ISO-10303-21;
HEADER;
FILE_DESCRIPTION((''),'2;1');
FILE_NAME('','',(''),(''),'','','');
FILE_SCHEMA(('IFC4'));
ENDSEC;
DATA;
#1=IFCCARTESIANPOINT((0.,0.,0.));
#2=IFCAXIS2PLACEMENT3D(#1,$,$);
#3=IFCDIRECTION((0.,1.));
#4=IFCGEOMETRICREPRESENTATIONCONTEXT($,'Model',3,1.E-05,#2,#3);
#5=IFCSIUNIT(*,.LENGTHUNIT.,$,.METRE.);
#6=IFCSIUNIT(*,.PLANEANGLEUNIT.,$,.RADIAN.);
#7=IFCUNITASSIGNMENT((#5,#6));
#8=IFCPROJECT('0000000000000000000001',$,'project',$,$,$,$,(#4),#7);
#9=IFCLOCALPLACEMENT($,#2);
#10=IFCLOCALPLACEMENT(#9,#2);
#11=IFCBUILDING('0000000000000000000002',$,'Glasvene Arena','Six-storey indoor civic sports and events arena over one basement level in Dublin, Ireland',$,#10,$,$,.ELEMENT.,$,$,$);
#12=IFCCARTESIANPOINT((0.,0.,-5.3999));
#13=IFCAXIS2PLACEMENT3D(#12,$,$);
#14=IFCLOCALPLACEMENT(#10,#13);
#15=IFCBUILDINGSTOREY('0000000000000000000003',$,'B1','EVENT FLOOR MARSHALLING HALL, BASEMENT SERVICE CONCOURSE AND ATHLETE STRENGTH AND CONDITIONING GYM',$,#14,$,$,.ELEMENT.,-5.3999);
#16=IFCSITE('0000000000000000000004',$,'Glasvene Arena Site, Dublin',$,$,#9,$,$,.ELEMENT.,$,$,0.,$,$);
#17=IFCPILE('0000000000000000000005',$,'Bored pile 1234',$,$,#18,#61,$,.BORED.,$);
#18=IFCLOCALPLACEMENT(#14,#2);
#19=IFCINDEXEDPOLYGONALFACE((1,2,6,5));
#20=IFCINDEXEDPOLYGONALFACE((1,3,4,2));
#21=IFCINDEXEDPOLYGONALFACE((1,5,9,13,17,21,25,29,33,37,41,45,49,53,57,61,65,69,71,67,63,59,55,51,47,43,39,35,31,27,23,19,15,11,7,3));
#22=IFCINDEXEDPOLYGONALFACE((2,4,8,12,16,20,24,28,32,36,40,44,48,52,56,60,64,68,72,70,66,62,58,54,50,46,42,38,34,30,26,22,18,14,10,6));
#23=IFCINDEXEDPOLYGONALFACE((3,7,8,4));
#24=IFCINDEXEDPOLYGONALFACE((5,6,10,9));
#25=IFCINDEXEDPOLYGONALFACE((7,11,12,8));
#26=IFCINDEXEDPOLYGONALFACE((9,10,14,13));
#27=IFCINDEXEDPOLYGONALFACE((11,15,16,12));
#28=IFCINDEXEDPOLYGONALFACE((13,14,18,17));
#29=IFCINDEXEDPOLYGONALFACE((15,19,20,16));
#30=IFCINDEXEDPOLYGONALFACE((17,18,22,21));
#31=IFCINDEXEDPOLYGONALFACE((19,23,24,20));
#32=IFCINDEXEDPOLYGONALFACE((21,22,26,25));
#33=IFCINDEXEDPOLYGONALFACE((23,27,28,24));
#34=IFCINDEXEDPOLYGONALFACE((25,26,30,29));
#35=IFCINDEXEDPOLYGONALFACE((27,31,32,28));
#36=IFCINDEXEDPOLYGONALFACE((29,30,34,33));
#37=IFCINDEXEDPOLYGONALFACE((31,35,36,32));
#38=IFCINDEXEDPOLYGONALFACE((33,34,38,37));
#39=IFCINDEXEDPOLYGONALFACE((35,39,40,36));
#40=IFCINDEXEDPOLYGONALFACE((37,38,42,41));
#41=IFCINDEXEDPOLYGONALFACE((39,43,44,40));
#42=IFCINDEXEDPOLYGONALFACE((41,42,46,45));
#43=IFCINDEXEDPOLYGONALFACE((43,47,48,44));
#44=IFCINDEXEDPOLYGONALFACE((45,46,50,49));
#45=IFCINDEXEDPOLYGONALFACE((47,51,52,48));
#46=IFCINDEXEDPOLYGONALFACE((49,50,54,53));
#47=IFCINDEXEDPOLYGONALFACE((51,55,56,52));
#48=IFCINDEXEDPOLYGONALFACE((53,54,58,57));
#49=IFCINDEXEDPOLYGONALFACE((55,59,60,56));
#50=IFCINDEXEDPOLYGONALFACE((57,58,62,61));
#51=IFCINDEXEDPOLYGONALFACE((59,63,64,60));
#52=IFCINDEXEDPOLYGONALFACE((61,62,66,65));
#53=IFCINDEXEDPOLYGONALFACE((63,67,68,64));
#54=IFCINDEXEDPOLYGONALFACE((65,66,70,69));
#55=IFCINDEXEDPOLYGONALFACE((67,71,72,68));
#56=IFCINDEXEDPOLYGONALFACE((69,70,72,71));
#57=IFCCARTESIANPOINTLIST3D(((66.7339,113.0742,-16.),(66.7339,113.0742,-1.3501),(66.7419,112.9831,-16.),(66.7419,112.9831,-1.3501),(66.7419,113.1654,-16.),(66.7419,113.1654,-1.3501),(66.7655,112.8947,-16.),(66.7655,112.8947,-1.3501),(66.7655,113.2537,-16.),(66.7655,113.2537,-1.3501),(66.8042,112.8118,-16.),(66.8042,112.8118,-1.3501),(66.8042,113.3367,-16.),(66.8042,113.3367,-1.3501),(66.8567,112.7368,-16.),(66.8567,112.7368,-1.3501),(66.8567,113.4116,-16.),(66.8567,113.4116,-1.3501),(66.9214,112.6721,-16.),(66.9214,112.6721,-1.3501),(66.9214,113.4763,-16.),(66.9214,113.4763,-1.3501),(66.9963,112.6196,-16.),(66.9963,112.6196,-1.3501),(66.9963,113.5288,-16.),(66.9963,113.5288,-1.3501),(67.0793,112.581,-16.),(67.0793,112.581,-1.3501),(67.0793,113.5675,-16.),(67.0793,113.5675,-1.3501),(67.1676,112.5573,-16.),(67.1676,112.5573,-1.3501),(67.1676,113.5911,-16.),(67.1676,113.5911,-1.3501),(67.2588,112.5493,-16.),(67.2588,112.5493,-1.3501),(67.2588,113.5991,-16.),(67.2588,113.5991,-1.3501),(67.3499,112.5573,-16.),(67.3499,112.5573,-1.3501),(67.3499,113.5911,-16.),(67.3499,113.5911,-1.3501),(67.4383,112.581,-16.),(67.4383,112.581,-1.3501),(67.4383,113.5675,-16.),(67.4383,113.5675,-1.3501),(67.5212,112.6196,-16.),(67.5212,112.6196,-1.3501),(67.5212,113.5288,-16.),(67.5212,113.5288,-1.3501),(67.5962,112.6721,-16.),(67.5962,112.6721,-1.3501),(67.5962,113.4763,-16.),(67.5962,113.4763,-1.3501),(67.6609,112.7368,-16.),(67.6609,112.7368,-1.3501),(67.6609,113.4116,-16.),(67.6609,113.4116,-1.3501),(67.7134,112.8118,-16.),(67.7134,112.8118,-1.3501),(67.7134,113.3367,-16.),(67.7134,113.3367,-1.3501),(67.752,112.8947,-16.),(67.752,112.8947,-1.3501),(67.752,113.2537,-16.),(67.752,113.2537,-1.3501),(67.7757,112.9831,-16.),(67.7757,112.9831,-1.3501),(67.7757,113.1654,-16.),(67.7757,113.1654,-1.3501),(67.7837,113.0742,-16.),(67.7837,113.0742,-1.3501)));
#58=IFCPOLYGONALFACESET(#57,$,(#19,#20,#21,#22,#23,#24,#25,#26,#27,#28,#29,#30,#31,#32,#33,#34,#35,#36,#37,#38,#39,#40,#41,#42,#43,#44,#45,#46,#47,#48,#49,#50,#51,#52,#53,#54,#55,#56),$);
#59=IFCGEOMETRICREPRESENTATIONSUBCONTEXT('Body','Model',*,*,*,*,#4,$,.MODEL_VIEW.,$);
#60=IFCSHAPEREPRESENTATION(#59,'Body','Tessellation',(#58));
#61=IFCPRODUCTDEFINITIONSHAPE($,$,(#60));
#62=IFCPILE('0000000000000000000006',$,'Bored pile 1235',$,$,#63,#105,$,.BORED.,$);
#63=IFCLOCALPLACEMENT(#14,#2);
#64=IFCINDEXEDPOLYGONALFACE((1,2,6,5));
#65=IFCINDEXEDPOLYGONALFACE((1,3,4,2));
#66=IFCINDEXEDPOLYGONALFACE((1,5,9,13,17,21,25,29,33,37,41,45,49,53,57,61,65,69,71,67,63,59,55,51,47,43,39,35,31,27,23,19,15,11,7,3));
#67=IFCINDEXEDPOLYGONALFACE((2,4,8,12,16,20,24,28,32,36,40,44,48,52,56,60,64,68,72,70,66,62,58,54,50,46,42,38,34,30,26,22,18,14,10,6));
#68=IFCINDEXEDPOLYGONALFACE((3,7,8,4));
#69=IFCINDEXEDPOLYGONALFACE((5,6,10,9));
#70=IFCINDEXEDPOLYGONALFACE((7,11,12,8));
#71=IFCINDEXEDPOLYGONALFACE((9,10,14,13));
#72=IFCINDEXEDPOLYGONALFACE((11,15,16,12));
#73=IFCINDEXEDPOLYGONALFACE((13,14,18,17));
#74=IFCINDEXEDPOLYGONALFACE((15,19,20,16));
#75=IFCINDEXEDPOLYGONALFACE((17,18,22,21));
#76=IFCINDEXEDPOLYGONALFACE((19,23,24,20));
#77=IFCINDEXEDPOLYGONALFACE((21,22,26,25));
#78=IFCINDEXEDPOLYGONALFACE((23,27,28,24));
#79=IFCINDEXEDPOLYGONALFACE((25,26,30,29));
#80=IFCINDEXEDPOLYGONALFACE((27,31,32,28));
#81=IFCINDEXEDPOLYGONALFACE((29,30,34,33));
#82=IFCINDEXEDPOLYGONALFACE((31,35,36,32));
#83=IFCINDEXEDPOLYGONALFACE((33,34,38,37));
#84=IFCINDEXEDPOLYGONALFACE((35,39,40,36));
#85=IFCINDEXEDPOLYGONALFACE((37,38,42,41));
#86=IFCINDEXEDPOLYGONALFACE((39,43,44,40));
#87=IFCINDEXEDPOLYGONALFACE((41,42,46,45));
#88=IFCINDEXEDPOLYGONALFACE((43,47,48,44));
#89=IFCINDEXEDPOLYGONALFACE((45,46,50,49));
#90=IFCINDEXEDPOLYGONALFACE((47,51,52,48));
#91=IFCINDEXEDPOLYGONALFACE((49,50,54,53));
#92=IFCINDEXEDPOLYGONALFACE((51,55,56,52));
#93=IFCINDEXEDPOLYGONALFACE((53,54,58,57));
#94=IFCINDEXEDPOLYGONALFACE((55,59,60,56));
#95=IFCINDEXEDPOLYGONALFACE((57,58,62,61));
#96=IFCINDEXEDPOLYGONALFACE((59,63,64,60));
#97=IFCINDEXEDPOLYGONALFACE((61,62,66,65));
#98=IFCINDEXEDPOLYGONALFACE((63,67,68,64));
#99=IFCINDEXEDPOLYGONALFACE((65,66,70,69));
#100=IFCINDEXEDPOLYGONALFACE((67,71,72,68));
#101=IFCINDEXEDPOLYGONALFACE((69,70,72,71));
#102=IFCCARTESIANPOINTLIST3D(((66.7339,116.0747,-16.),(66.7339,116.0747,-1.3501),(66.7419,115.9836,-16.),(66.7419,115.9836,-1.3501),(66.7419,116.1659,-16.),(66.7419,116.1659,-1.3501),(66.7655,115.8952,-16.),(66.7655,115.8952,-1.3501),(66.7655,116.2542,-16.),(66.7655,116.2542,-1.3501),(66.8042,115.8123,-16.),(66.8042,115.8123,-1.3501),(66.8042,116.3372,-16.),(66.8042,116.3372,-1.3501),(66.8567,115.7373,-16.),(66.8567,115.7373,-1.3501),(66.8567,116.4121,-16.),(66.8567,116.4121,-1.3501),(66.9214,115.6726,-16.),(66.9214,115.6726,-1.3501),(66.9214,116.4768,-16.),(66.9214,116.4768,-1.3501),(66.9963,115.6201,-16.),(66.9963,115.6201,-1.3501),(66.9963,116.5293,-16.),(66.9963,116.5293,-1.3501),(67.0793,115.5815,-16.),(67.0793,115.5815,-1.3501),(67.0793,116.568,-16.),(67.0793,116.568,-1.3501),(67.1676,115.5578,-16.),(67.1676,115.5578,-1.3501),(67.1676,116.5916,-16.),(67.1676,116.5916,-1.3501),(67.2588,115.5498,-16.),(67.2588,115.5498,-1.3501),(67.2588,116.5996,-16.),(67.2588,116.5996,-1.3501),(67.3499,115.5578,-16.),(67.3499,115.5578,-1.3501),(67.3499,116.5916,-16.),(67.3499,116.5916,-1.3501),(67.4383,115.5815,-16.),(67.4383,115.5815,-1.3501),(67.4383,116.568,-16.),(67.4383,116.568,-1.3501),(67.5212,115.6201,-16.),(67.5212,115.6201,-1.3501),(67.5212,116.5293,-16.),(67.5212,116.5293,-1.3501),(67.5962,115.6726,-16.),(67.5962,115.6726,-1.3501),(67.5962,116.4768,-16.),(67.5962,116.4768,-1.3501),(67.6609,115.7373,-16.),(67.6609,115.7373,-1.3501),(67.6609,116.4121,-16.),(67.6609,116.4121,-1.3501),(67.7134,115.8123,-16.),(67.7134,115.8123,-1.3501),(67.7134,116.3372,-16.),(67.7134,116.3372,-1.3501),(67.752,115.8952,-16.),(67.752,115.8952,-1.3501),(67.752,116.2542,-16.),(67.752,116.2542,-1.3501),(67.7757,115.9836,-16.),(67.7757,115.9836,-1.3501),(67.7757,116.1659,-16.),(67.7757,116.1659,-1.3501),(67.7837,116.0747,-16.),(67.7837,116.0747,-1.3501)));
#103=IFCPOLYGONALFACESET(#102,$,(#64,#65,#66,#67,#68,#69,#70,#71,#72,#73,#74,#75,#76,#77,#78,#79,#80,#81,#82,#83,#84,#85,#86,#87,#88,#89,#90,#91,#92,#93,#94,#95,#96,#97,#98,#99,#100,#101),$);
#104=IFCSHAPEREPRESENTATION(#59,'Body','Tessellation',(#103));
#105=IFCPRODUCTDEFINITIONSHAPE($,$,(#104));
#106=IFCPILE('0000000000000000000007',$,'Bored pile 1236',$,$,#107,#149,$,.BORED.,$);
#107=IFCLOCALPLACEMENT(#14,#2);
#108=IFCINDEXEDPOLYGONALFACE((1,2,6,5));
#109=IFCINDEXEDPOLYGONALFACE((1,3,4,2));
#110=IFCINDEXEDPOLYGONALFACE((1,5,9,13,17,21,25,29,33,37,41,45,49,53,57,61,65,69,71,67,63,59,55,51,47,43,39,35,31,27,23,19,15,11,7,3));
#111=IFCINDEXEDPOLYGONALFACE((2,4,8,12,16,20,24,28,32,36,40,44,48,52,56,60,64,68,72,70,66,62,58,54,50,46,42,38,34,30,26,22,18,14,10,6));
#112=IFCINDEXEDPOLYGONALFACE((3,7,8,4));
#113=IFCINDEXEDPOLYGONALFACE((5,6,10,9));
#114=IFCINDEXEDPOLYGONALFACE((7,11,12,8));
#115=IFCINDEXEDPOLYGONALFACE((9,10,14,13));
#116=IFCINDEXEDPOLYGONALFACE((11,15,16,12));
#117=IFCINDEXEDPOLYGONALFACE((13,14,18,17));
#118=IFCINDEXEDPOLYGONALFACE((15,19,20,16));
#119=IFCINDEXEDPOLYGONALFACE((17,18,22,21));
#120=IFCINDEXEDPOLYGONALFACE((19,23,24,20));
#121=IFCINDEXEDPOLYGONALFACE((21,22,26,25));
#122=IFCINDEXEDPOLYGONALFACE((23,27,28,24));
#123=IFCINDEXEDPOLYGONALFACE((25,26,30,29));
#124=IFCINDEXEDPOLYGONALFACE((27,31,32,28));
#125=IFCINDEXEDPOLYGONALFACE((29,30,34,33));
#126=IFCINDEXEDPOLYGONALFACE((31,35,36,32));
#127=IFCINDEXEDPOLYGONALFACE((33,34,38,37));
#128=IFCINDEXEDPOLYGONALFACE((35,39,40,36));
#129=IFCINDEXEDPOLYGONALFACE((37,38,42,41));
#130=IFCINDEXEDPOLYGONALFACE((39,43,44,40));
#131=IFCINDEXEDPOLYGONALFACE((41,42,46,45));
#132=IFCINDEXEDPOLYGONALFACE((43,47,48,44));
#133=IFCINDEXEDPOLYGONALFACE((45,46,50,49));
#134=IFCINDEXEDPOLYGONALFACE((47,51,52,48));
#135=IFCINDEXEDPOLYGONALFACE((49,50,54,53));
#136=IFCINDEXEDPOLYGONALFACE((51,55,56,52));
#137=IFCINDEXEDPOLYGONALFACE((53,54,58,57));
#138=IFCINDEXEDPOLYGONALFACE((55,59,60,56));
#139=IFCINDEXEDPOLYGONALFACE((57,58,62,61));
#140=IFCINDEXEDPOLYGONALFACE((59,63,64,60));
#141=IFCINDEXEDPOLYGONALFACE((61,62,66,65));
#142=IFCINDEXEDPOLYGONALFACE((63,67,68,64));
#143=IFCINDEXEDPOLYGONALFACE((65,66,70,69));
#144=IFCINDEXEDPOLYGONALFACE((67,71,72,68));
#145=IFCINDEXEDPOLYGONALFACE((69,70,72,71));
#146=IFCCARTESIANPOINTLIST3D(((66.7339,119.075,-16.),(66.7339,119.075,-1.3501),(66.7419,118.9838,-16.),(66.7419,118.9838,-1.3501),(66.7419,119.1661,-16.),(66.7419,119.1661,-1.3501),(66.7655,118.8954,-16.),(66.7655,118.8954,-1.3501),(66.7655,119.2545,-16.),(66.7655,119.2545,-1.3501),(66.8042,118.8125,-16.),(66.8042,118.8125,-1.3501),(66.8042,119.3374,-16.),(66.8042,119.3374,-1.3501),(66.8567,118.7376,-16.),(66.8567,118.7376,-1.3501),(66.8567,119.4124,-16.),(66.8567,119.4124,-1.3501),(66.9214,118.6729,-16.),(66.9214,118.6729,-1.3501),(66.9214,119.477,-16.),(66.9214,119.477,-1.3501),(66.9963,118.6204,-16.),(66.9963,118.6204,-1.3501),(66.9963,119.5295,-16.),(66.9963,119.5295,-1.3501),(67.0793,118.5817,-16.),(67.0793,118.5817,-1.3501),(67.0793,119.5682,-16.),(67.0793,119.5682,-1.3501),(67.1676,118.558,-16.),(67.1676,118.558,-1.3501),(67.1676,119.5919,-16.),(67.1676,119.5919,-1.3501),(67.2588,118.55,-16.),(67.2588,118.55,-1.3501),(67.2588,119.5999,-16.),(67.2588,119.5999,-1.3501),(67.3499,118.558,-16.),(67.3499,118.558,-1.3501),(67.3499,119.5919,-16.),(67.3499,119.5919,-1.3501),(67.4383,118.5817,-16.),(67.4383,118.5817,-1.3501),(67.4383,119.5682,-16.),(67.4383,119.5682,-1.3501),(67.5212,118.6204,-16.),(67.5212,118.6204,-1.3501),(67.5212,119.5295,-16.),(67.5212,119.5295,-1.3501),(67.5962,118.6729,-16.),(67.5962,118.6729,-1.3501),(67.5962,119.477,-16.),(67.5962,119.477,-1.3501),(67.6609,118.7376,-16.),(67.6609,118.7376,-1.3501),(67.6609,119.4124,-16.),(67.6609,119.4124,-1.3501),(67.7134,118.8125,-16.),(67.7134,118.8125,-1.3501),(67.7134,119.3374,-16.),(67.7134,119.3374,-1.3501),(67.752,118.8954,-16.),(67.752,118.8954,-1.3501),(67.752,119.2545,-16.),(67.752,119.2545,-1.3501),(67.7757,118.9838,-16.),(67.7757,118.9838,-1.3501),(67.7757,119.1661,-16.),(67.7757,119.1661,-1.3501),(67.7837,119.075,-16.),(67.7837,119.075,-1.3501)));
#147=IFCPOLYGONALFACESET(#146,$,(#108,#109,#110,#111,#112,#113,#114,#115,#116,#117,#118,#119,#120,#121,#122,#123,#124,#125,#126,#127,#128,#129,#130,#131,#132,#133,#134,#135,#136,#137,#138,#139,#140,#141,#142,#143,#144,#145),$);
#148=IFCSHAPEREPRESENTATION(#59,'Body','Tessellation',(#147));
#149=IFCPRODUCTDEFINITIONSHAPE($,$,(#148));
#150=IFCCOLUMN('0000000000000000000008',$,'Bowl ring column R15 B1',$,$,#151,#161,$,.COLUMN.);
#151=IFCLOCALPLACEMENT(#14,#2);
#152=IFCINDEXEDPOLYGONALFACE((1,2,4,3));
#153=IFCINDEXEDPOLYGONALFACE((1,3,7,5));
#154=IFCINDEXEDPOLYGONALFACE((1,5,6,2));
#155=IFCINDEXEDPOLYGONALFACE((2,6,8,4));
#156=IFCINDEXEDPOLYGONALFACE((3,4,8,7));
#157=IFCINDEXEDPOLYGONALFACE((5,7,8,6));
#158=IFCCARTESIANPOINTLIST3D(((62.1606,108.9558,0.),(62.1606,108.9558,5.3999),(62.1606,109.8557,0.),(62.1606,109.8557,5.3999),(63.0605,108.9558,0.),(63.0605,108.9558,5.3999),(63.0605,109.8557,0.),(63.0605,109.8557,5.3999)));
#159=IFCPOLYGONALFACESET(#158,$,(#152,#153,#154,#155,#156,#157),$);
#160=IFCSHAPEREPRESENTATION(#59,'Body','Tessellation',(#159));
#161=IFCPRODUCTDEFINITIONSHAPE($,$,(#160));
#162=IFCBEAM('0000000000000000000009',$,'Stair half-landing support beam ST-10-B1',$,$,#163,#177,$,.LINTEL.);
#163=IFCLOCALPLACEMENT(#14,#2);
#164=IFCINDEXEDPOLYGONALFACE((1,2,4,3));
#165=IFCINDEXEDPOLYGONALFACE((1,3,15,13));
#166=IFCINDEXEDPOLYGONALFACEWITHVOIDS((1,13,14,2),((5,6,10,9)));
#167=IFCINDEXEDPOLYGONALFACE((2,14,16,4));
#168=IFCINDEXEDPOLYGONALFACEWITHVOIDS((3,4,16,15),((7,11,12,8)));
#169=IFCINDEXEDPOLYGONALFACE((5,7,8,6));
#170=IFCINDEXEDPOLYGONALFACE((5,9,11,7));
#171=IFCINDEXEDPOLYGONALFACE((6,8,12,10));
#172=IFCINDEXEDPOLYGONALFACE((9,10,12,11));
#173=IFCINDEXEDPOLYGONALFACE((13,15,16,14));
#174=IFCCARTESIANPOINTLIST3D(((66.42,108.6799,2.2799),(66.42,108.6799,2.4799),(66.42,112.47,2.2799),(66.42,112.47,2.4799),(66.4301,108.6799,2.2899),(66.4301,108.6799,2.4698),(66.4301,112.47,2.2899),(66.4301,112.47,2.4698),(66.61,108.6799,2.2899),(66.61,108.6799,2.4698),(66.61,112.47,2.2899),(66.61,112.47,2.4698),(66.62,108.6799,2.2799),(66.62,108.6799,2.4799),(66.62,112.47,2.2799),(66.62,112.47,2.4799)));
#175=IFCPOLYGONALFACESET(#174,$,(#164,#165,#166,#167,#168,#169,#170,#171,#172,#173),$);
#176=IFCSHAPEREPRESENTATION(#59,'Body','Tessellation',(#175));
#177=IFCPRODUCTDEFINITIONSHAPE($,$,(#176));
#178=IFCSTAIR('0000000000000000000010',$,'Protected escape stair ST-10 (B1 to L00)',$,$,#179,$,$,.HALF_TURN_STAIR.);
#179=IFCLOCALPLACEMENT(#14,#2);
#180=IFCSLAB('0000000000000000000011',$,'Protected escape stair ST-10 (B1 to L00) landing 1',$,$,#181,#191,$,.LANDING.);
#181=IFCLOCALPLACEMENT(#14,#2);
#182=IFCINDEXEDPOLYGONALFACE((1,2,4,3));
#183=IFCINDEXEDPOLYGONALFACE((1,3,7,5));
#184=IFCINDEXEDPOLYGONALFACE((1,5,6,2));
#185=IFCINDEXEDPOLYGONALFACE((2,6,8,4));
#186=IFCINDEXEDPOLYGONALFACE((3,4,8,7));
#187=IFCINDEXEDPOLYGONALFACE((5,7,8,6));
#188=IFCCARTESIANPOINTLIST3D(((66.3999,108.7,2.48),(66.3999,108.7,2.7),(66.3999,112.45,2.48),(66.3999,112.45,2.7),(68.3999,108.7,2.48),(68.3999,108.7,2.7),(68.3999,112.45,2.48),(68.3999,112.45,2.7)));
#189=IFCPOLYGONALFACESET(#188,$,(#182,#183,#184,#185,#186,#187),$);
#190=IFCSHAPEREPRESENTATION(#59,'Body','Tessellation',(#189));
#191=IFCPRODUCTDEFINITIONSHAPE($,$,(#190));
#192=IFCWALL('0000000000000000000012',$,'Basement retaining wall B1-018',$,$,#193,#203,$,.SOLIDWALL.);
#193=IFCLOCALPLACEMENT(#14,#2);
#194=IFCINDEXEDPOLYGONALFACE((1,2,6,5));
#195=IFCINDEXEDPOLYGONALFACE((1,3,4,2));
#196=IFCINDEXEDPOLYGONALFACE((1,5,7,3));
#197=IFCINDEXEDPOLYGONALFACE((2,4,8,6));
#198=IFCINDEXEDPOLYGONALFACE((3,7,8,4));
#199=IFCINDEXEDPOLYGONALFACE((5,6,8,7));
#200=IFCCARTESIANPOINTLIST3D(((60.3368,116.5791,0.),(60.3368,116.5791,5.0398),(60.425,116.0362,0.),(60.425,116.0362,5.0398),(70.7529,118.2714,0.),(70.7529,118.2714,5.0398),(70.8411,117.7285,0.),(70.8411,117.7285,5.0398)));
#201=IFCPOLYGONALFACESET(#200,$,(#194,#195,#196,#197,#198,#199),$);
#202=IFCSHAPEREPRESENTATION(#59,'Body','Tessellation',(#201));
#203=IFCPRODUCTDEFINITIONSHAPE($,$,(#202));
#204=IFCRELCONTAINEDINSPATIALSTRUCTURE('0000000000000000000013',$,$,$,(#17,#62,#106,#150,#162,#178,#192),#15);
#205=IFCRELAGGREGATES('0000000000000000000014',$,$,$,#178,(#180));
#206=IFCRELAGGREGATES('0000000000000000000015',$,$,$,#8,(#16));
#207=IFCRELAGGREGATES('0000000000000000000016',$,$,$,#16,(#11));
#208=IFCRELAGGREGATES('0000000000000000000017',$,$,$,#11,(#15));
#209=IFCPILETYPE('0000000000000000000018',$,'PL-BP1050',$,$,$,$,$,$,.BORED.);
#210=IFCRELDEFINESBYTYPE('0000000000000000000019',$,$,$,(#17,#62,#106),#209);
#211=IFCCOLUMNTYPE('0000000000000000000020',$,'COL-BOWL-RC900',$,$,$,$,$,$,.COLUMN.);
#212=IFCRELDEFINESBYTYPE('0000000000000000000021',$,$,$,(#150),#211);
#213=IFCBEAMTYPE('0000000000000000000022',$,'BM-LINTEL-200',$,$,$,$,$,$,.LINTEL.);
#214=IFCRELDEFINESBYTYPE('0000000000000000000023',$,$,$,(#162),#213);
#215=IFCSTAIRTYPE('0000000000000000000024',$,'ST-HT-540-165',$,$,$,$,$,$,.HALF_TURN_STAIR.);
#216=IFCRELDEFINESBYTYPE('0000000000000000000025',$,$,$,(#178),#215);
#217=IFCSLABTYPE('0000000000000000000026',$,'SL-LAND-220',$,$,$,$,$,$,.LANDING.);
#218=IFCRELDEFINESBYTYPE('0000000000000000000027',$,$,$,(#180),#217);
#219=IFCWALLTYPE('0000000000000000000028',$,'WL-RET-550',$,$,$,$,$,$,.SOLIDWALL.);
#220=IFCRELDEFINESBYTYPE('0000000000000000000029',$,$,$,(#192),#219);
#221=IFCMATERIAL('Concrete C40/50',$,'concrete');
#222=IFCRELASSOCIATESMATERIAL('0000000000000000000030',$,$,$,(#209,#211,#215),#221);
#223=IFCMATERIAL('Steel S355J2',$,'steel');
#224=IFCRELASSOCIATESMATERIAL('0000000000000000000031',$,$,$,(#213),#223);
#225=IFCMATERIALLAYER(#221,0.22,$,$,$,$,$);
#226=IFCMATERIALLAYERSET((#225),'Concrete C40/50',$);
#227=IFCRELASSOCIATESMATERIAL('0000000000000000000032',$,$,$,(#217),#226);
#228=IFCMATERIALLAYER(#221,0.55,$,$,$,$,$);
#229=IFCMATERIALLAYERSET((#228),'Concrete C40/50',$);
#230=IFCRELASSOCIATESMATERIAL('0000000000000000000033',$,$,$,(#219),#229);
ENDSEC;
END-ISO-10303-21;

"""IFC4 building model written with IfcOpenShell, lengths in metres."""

from ifc_helpers import new_model, si_unit, direction, frame, frame_2d, origin, origin_2d, place, context, subcontext, project, spatial, polyline, rectangle, hollow_rectangle, circle, outline, extrude, material, layer, layer_set, material_profile, profile_set, type_object, element, aggregate, save


model = new_model("IFC4")

# Units and contexts
model_context = context("Model", 3, precision=1e-05, world=origin(), true_north=direction((0.0, 1.0)))
body_context = subcontext(model_context, "Body", "Model", "MODEL_VIEW")
ifc_project = project(units=[si_unit("LENGTHUNIT", "METRE"), si_unit("PLANEANGLEUNIT", "RADIAN")], contexts=[model_context])

# Site, building, storey
site_placement = place(None, origin())
site = spatial("IfcSite", under=ifc_project, at=site_placement, Name="Glasvene Arena Site, Dublin", CompositionType="ELEMENT", RefElevation=0.0)
building_placement = place(site_placement, origin())
building = spatial("IfcBuilding", under=site, at=building_placement, Name="Glasvene Arena", Description="Six-storey indoor civic sports and events arena over one basement level in Dublin, Ireland", CompositionType="ELEMENT")
storey_placement = place(building_placement, frame((0.0, 0.0, -5.3999)))
storey = spatial("IfcBuildingStorey", under=building, at=storey_placement, Name="B1", Description="EVENT FLOOR MARSHALLING HALL, BASEMENT SERVICE CONCOURSE AND ATHLETE STRENGTH AND CONDITIONING GYM", CompositionType="ELEMENT", Elevation=-5.3999)

# Piles
ifc_material_1 = material(Name="Concrete C40/50", Category="concrete")
ifc_material_profile_1 = material_profile(ifc_material_1, circle(Radius=0.5249, at=origin_2d()), Name="BORED PILE 1050")
ifc_profile_set_1 = profile_set([ifc_material_profile_1], Name="Concrete C40/50")
pile_type = type_object("IfcPileType", Name="PL-BP1050", PredefinedType="BORED", material=ifc_profile_set_1)
for number, where, z_axis, x_axis, name in (
    (1, (67.2588, 113.0742, -1.3501), (0.0, 0.0, -1.0), (1.0, 0.0, 0.0), "Bored pile 1234"),
    (2, (67.2588, 116.0747, -1.3501), (0.0, 0.0, -1.0), (1.0, 0.0, 0.0), "Bored pile 1235"),
    (3, (67.2588, 119.075, -1.3501), (0.0, 0.0, -1.0), (1.0, 0.0, 0.0), "Bored pile 1236"),
):
    element("IfcPile", number, at=place(storey_placement, frame(where, z_axis=z_axis, x_axis=x_axis)), inside=storey, type_object=pile_type, Name=name, PredefinedType="BORED", context=body_context, shape_type="SweptSolid", body=[
        extrude(circle(Radius=0.5249, at=origin_2d()), origin(), (0.0, 0.0, 1.0), 14.6499),
    ])

# Column
ifc_material_profile_2 = material_profile(ifc_material_1, rectangle(XDim=0.8999, YDim=0.8999, at=origin_2d()), Name="RC 900x900")
ifc_profile_set_2 = profile_set([ifc_material_profile_2], Name="Concrete C40/50")
column_type = type_object("IfcColumnType", Name="COL-BOWL-RC900", PredefinedType="COLUMN", material=ifc_profile_set_2)
column_placement = place(storey_placement, frame((62.6106, 109.4058, 0.0), z_axis=(0.0, 0.0, 1.0), x_axis=(1.0, 0.0, 0.0)))
element("IfcColumn", 4, at=column_placement, inside=storey, type_object=column_type, Name="Bowl ring column R15 B1", PredefinedType="COLUMN", context=body_context, shape_type="SweptSolid", body=[
    extrude(rectangle(XDim=0.8999, YDim=0.8999, at=origin_2d()), origin(), (0.0, 0.0, 1.0), 5.3999),
])

# Beam
ifc_material_2 = material(Name="Steel S355J2", Category="steel")
ifc_material_profile_3 = material_profile(ifc_material_2, hollow_rectangle(XDim=0.2, YDim=0.2, WallThickness=0.01, at=origin_2d()), Name="SHS 200x200x10.0")
ifc_profile_set_3 = profile_set([ifc_material_profile_3], Name="Steel S355J2")
beam_type = type_object("IfcBeamType", Name="BM-LINTEL-200", PredefinedType="LINTEL", material=ifc_profile_set_3)
beam_placement = place(storey_placement, frame((66.52, 108.6799, 2.3799), z_axis=(0.0, 1.0, 0.0), x_axis=(-1.0, 0.0, 0.0)))
element("IfcBeam", 5, at=beam_placement, inside=storey, type_object=beam_type, Name="Stair half-landing support beam ST-10-B1", PredefinedType="LINTEL", context=body_context, shape_type="SweptSolid", body=[
    extrude(hollow_rectangle(XDim=0.2, YDim=0.2, WallThickness=0.01, at=origin_2d()), origin(), (0.0, 0.0, 1.0), 3.79),
])

# Stair, slab
stair_type = type_object("IfcStairType", Name="ST-HT-540-165", PredefinedType="HALF_TURN_STAIR", material=ifc_material_1)
stair_placement = place(storey_placement, origin())
stair = element("IfcStair", 6, at=stair_placement, inside=storey, type_object=stair_type, Name="Protected escape stair ST-10 (B1 to L00)", PredefinedType="HALF_TURN_STAIR")
ifc_layer_1 = layer(ifc_material_1, 0.22)
ifc_layer_set_1 = layer_set([ifc_layer_1], Name="Concrete C40/50")
slab_type = type_object("IfcSlabType", Name="SL-LAND-220", PredefinedType="LANDING", material=ifc_layer_set_1)
slab_placement = place(storey_placement, frame((67.3999, 110.575, 2.48)))
slab = element("IfcSlab", 7, at=slab_placement, type_object=slab_type, Name="Protected escape stair ST-10 (B1 to L00) landing 1", PredefinedType="LANDING", context=body_context, shape_type="SweptSolid", body=[
    extrude(outline(polyline([(-1.0, -1.875), (1.0, -1.875), (1.0, 1.875), (-1.0, 1.875), (-1.0, -1.875)])), origin(), (0.0, 0.0, 1.0), 0.22),
])

# Wall
ifc_layer_2 = layer(ifc_material_1, 0.55)
ifc_layer_set_2 = layer_set([ifc_layer_2], Name="Concrete C40/50")
wall_type_1 = type_object("IfcWallType", Name="WL-RET-550", PredefinedType="SOLIDWALL", material=ifc_layer_set_2)
wall_1_placement = place(storey_placement, frame((60.3809, 116.3076, 0.0), z_axis=(0.0, 0.0, 1.0), x_axis=(0.987057, 0.160372, 0.0)))
element("IfcWall", 8, at=wall_1_placement, inside=storey, type_object=wall_type_1, Name="Basement retaining wall B1-018", PredefinedType="SOLIDWALL", context=body_context, shape_type="SweptSolid", body=[
    extrude(rectangle(XDim=10.5527, YDim=0.55, at=frame_2d((5.2764, 0.0))), origin(), (0.0, 0.0, 1.0), 5.0398),
])

aggregate(stair, [slab])

save(model, "model.ifc")
